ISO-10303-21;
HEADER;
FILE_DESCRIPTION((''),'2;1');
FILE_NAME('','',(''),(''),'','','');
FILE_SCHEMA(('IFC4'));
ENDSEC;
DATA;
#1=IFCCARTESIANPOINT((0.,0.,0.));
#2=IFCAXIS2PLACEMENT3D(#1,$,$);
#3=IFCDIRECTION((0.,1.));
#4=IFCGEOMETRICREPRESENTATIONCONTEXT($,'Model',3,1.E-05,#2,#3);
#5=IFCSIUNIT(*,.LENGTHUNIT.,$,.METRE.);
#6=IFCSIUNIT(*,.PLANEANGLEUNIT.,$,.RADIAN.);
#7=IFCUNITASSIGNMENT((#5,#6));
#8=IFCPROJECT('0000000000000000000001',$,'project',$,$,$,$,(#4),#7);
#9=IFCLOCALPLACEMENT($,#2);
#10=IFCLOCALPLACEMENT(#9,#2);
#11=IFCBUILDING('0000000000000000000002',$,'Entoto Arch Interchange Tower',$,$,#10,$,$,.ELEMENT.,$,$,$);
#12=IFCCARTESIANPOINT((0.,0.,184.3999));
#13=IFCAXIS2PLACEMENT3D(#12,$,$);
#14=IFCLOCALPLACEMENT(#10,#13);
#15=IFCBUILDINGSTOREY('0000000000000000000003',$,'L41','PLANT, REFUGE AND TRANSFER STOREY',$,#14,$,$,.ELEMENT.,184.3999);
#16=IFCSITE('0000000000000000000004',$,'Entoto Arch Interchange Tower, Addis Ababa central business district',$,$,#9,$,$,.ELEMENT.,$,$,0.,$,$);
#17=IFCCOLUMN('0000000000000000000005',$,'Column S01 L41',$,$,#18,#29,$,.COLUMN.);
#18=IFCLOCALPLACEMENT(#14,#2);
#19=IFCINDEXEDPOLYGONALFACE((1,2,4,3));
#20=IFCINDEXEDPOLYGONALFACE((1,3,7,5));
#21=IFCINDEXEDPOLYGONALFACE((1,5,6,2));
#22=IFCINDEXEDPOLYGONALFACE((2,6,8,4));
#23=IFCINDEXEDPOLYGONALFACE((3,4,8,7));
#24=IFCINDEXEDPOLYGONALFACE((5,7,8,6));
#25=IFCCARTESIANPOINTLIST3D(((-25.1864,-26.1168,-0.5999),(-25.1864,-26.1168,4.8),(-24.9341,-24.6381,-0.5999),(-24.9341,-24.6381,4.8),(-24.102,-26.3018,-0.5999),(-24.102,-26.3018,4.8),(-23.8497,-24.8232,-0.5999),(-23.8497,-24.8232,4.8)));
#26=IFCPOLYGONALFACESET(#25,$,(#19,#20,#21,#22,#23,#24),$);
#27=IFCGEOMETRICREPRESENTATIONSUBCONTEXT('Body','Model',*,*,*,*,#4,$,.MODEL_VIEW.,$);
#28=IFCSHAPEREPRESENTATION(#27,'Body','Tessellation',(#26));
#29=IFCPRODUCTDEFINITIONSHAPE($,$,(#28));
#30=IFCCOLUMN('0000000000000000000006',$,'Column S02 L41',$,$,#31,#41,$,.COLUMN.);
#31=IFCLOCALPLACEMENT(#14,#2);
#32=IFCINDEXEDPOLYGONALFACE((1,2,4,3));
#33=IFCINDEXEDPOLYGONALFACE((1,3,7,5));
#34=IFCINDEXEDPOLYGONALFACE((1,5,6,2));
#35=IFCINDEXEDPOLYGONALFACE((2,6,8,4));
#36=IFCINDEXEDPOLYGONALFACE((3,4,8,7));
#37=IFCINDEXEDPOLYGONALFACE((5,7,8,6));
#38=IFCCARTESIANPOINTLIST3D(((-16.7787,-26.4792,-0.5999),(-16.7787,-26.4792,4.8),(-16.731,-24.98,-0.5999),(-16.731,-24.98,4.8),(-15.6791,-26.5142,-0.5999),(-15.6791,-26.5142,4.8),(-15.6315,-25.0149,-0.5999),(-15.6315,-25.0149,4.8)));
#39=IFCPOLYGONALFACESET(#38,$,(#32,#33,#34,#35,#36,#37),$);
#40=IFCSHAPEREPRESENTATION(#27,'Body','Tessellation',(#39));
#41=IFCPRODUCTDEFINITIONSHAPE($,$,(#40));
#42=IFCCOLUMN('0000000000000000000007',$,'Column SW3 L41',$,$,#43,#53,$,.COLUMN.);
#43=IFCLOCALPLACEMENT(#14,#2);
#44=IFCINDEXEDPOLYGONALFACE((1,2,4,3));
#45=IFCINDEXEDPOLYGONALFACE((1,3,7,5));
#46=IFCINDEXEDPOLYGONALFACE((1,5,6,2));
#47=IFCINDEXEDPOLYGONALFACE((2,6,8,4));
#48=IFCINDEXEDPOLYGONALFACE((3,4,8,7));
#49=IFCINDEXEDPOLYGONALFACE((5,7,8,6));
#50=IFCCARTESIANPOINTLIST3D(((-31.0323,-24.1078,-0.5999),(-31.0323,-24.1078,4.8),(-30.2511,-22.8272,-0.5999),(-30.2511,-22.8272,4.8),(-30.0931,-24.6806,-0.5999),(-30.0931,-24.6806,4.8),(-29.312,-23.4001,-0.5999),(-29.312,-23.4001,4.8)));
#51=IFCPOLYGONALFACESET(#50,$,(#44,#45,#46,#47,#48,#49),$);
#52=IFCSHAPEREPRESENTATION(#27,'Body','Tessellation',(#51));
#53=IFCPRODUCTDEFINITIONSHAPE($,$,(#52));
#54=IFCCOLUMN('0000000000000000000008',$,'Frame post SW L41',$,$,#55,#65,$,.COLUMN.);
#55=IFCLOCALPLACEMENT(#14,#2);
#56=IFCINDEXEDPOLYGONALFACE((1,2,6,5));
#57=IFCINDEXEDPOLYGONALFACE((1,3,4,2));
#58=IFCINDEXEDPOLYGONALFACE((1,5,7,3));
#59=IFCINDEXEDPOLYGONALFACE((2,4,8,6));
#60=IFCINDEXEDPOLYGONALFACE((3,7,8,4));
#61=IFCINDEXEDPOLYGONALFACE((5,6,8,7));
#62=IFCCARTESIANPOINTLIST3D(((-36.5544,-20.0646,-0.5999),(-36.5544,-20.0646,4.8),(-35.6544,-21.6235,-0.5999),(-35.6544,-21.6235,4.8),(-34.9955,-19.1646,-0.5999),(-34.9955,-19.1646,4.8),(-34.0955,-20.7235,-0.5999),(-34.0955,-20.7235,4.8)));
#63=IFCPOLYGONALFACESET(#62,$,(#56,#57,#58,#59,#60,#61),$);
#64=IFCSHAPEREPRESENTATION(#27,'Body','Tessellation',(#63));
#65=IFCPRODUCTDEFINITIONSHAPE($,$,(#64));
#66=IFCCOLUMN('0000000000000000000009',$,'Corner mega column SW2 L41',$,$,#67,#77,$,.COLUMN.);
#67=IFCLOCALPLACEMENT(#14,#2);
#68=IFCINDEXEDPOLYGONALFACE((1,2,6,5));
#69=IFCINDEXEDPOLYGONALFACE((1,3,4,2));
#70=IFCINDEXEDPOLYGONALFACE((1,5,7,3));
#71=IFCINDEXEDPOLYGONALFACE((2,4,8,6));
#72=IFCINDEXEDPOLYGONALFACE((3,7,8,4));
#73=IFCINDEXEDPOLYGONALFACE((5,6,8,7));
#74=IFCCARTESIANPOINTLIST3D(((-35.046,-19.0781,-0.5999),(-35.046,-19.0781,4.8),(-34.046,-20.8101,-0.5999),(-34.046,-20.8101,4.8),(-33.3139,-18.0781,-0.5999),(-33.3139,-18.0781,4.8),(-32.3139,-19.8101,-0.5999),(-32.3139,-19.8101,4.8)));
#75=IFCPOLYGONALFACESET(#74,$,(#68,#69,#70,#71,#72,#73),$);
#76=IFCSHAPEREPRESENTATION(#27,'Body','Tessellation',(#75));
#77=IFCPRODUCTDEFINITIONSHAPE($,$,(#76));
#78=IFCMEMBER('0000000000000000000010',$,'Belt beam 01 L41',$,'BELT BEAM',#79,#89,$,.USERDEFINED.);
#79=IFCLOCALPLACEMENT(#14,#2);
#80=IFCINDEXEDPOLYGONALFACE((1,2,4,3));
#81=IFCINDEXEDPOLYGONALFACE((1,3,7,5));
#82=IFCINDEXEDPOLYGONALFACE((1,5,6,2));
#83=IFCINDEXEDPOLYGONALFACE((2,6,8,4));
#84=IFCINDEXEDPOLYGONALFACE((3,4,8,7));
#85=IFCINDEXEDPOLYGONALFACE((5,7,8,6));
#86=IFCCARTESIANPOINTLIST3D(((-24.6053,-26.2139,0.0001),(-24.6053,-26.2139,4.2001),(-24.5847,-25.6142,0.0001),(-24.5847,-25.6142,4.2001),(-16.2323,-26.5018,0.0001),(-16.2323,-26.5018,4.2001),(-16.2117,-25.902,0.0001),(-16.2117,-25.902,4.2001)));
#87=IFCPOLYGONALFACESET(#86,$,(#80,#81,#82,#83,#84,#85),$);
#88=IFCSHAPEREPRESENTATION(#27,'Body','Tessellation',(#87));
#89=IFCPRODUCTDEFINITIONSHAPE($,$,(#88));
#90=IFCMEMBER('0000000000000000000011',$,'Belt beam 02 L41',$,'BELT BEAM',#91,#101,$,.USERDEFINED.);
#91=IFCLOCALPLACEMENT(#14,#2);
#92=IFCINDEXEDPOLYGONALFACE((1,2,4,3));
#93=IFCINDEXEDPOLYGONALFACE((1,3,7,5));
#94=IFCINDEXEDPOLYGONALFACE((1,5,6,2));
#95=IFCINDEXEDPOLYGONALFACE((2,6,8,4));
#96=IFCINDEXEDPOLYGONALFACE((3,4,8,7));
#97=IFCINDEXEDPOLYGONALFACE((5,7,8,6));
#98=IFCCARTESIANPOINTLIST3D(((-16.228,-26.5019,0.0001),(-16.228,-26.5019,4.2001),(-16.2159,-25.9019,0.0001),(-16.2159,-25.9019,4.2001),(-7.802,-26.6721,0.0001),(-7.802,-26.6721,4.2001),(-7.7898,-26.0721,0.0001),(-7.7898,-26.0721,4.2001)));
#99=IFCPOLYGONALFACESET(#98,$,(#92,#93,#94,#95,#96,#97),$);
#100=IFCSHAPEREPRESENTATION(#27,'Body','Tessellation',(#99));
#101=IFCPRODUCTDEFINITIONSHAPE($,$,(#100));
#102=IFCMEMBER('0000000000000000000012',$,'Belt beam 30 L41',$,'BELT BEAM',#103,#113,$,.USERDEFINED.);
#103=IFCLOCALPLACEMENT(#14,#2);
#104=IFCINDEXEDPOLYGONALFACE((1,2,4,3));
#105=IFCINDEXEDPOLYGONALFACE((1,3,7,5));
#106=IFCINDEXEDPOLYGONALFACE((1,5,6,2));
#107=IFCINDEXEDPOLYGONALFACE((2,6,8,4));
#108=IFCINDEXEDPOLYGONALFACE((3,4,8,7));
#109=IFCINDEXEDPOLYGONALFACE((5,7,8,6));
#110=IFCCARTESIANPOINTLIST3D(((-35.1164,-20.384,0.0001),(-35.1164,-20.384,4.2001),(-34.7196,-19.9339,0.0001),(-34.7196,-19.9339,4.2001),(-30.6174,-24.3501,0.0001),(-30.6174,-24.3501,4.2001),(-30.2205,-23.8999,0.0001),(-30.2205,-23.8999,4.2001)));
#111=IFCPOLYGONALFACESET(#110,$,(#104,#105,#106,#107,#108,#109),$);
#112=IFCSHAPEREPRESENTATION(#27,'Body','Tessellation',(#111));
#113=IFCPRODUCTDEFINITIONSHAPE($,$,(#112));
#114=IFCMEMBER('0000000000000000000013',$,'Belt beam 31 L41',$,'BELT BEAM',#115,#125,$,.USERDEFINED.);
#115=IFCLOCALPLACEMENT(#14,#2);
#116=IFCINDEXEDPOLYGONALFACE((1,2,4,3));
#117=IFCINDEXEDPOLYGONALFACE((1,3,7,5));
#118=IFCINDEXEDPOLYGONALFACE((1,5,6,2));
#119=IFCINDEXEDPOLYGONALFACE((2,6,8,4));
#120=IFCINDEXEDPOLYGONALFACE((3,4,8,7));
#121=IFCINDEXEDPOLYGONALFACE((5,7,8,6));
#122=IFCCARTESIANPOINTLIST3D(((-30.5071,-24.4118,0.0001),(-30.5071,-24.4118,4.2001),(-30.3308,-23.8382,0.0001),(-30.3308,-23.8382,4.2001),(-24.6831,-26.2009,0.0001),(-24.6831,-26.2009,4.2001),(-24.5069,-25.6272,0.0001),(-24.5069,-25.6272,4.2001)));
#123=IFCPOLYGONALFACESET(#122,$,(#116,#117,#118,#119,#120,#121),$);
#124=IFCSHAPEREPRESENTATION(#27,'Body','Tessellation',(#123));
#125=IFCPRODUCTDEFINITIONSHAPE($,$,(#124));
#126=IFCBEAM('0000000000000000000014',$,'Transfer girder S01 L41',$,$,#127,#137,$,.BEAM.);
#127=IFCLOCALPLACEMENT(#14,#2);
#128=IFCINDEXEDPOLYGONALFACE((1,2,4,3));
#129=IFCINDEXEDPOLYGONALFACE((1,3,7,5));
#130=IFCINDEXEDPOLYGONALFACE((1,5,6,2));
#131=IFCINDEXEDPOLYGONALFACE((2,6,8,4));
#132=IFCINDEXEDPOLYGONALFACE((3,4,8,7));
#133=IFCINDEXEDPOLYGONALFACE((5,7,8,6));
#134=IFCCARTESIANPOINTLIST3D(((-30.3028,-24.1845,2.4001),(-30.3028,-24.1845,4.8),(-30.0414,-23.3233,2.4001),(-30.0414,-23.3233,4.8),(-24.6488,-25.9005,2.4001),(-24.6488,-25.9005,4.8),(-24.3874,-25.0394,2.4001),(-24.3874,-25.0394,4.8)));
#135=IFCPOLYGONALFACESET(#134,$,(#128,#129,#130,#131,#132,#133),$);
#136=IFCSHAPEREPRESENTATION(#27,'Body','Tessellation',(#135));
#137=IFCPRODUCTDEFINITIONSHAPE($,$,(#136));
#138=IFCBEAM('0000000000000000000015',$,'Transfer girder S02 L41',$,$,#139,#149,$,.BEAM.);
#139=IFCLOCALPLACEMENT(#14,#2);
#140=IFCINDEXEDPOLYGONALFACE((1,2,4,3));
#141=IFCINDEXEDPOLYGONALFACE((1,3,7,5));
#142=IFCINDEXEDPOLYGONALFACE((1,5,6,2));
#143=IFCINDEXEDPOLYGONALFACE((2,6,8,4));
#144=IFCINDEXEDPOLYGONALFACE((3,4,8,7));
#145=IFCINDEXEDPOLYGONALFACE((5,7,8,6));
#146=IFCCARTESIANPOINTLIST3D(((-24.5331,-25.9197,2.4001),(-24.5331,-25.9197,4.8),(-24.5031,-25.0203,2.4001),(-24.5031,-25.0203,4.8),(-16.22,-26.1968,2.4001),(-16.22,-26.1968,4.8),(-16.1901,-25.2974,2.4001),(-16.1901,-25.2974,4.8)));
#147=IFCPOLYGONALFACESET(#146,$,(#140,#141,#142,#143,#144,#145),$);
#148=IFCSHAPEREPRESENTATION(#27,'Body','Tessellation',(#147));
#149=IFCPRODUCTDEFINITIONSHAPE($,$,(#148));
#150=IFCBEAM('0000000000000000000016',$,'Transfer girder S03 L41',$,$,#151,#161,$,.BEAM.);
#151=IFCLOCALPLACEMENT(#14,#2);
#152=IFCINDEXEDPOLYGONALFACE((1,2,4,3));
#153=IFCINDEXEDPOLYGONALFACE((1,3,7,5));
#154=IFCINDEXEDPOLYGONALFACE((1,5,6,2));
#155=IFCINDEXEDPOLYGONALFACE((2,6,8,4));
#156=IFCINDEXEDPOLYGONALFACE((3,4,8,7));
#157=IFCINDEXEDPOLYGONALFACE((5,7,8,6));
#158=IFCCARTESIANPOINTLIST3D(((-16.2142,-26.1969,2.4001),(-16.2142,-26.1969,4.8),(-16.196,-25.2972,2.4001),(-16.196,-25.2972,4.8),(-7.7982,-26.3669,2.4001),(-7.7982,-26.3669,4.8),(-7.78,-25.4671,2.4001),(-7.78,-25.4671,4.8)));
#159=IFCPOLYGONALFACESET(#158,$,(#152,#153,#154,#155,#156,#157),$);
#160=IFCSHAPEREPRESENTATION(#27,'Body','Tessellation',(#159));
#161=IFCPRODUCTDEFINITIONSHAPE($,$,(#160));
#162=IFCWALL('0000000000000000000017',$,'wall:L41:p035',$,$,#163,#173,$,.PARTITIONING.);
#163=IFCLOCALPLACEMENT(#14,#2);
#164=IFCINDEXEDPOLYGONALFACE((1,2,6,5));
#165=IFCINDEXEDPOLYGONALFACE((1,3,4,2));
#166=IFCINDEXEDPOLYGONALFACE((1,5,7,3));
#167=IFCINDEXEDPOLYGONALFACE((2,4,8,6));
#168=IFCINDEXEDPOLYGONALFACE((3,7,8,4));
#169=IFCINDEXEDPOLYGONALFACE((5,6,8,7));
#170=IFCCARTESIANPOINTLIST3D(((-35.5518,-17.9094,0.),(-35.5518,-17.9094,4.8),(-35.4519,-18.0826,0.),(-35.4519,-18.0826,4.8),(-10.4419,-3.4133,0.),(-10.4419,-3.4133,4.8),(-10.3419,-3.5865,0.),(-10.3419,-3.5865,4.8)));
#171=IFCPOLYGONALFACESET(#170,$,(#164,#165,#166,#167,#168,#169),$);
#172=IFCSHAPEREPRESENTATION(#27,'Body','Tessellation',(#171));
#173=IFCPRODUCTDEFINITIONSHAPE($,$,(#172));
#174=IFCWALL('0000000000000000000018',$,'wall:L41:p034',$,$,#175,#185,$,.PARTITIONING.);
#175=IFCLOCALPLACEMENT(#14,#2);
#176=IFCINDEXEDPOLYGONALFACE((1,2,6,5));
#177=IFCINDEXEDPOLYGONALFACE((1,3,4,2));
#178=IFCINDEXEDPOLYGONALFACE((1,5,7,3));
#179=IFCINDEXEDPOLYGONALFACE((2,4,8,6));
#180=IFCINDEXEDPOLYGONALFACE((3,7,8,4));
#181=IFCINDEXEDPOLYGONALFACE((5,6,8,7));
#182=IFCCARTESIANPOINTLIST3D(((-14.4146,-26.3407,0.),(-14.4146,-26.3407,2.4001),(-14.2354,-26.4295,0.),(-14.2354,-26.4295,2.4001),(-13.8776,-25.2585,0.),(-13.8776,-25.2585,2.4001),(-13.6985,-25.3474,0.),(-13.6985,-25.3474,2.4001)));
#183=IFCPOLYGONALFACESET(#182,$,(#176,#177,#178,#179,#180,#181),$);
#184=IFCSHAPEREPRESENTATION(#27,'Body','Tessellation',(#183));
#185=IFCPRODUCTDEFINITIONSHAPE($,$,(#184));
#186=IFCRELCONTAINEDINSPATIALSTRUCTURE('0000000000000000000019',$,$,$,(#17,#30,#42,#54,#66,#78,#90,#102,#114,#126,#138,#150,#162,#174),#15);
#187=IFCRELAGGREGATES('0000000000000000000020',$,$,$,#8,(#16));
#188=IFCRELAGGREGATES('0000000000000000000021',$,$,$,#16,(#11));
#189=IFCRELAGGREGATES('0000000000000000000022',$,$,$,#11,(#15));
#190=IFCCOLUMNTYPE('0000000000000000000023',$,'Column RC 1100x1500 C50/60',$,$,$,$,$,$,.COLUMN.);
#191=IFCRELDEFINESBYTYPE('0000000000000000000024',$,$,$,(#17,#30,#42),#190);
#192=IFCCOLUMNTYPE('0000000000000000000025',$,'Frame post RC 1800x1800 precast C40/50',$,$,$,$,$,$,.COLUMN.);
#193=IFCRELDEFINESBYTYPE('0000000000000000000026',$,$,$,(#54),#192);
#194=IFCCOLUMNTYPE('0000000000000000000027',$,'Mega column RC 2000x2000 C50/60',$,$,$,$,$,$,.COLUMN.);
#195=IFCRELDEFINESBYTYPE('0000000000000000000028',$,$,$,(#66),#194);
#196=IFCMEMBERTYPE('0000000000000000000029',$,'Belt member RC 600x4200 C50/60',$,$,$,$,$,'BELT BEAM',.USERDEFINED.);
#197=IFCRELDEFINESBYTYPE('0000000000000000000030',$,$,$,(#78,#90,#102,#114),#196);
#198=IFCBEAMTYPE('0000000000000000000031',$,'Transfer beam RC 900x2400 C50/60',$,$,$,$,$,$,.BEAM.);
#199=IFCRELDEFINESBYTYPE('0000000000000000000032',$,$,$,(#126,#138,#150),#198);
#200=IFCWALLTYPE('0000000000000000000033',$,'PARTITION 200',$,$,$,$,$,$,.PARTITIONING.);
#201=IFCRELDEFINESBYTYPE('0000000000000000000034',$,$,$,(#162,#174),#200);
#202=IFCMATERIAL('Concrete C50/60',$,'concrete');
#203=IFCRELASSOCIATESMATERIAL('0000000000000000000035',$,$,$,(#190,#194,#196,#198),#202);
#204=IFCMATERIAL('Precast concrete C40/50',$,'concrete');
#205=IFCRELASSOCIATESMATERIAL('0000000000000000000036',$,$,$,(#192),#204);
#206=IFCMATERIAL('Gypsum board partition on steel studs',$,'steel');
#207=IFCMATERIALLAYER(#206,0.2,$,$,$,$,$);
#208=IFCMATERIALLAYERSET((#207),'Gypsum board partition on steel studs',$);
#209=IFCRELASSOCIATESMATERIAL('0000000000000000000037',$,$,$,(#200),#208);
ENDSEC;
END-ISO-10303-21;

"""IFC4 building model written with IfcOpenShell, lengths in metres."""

from ifc_helpers import new_model, si_unit, direction, frame, frame_2d, origin, origin_2d, place, context, subcontext, project, spatial, rectangle, extrude, material, layer, layer_set, material_profile, profile_set, type_object, element, save


model = new_model("IFC4")

# Units and contexts
model_context = context("Model", 3, precision=1e-05, world=origin(), true_north=direction((0.0, 1.0)))
body_context = subcontext(model_context, "Body", "Model", "MODEL_VIEW")
ifc_project = project(units=[si_unit("LENGTHUNIT", "METRE"), si_unit("PLANEANGLEUNIT", "RADIAN")], contexts=[model_context])

# Site, building, storey
site_placement = place(None, origin())
site = spatial("IfcSite", under=ifc_project, at=site_placement, Name="Entoto Arch Interchange Tower, Addis Ababa central business district", CompositionType="ELEMENT", RefElevation=0.0)
building_placement = place(site_placement, origin())
building = spatial("IfcBuilding", under=site, at=building_placement, Name="Entoto Arch Interchange Tower", CompositionType="ELEMENT")
storey_placement = place(building_placement, frame((0.0, 0.0, 184.3999)))
storey = spatial("IfcBuildingStorey", under=building, at=storey_placement, Name="L41", Description="PLANT, REFUGE AND TRANSFER STOREY", CompositionType="ELEMENT", Elevation=184.3999)

# Columns
ifc_material_1 = material(Name="Concrete C50/60", Category="concrete")
ifc_material_profile_1 = material_profile(ifc_material_1, rectangle(XDim=1.1001, YDim=1.5, at=origin_2d()))
ifc_profile_set_1 = profile_set([ifc_material_profile_1], Name="Concrete C50/60")
column_type_1 = type_object("IfcColumnType", Name="Column RC 1100x1500 C50/60", PredefinedType="COLUMN", material=ifc_profile_set_1)
for number, where, z_axis, x_axis, name in (
    (1, (-24.5181, -25.47, -0.5999), (0.0, 0.0, 1.0), (-0.985753, 0.168197, 0.0), "Column S01 L41"),
    (2, (-16.2051, -25.7471, -0.5999), (0.0, 0.0, 1.0), (-0.999496, 0.031742, 0.0), "Column S02 L41"),
    (3, (-30.1721, -23.7539, -0.5999), (0.0, 0.0, 1.0), (-0.853714, 0.520741, 0.0), "Column SW3 L41"),
):
    element("IfcColumn", number, at=place(storey_placement, frame(where, z_axis=z_axis, x_axis=x_axis)), inside=storey, type_object=column_type_1, Name=name, PredefinedType="COLUMN", context=body_context, shape_type="SweptSolid", body=[
        extrude(rectangle(XDim=1.1001, YDim=1.5, at=origin_2d()), origin(), (0.0, 0.0, 1.0), 5.3999),
    ])
ifc_material_2 = material(Name="Precast concrete C40/50", Category="concrete")
ifc_material_profile_2 = material_profile(ifc_material_2, rectangle(XDim=1.8, YDim=1.8, at=origin_2d()))
ifc_profile_set_2 = profile_set([ifc_material_profile_2], Name="Precast concrete C40/50")
column_type_2 = type_object("IfcColumnType", Name="Frame post RC 1800x1800 precast C40/50", PredefinedType="COLUMN", material=ifc_profile_set_2)
column_1_placement = place(storey_placement, frame((-35.325, -20.394, -0.5999), z_axis=(0.0, 0.0, 1.0), x_axis=(0.866025, 0.5, 0.0)))
element("IfcColumn", 4, at=column_1_placement, inside=storey, type_object=column_type_2, Name="Frame post SW L41", PredefinedType="COLUMN", context=body_context, shape_type="SweptSolid", body=[
    extrude(rectangle(XDim=1.8, YDim=1.8, at=origin_2d()), origin(), (0.0, 0.0, 1.0), 5.3999),
])
ifc_material_profile_3 = material_profile(ifc_material_1, rectangle(XDim=2.0, YDim=2.0, at=origin_2d()))
ifc_profile_set_3 = profile_set([ifc_material_profile_3], Name="Concrete C50/60")
column_type_3 = type_object("IfcColumnType", Name="Mega column RC 2000x2000 C50/60", PredefinedType="COLUMN", material=ifc_profile_set_3)
column_2_placement = place(storey_placement, frame((-33.6799, -19.4441, -0.5999), z_axis=(0.0, 0.0, 1.0), x_axis=(0.866025, 0.5, 0.0)))
element("IfcColumn", 5, at=column_2_placement, inside=storey, type_object=column_type_3, Name="Corner mega column SW2 L41", PredefinedType="COLUMN", context=body_context, shape_type="SweptSolid", body=[
    extrude(rectangle(XDim=2.0, YDim=2.0, at=origin_2d()), origin(), (0.0, 0.0, 1.0), 5.3999),
])

# Members
ifc_material_profile_4 = material_profile(ifc_material_1, rectangle(XDim=0.6001, YDim=4.2, at=origin_2d()))
ifc_profile_set_4 = profile_set([ifc_material_profile_4], Name="Concrete C50/60")
member_type = type_object("IfcMemberType", Name="Belt member RC 600x4200 C50/60", ElementType="BELT BEAM", PredefinedType="USERDEFINED", material=ifc_profile_set_4)
member_1_placement = place(storey_placement, frame((-24.595, -25.9141, 2.1001), z_axis=(0.99941, -0.034357, 0.0), x_axis=(0.034357, 0.99941, 0.0)))
element("IfcMember", 6, at=member_1_placement, inside=storey, type_object=member_type, Name="Belt beam 01 L41", ObjectType="BELT BEAM", PredefinedType="USERDEFINED", context=body_context, shape_type="SweptSolid", body=[
    extrude(rectangle(XDim=0.6001, YDim=4.2, at=origin_2d()), origin(), (0.0, 0.0, 1.0), 8.3779),
])
member_2_placement = place(storey_placement, frame((-16.2219, -26.2019, 2.1001), z_axis=(0.999796, -0.020191, 0.0), x_axis=(0.020191, 0.999796, 0.0)))
element("IfcMember", 7, at=member_2_placement, inside=storey, type_object=member_type, Name="Belt beam 02 L41", ObjectType="BELT BEAM", PredefinedType="USERDEFINED", context=body_context, shape_type="SweptSolid", body=[
    extrude(rectangle(XDim=0.6001, YDim=4.2, at=origin_2d()), origin(), (0.0, 0.0, 1.0), 8.4277),
])
member_3_placement = place(storey_placement, frame((-34.918, -20.1589, 2.1001), z_axis=(0.750141, -0.661278, 0.0), x_axis=(0.661278, 0.750141, 0.0)))
element("IfcMember", 8, at=member_3_placement, inside=storey, type_object=member_type, Name="Belt beam 30 L41", ObjectType="BELT BEAM", PredefinedType="USERDEFINED", context=body_context, shape_type="SweptSolid", body=[
    extrude(rectangle(XDim=0.6001, YDim=4.2, at=origin_2d()), origin(), (0.0, 0.0, 1.0), 5.9976),
])
member_4_placement = place(storey_placement, frame((-30.4189, -24.125, 2.1001), z_axis=(0.955914, -0.293647, 0.0), x_axis=(0.293647, 0.955914, 0.0)))
element("IfcMember", 9, at=member_4_placement, inside=storey, type_object=member_type, Name="Belt beam 31 L41", ObjectType="BELT BEAM", PredefinedType="USERDEFINED", context=body_context, shape_type="SweptSolid", body=[
    extrude(rectangle(XDim=0.6001, YDim=4.2, at=origin_2d()), origin(), (0.0, 0.0, 1.0), 6.0925),
])

# Beams
ifc_material_profile_5 = material_profile(ifc_material_1, rectangle(XDim=0.8999, YDim=2.3999, at=origin_2d()))
ifc_profile_set_5 = profile_set([ifc_material_profile_5], Name="Concrete C50/60")
beam_type = type_object("IfcBeamType", Name="Transfer beam RC 900x2400 C50/60", PredefinedType="BEAM", material=ifc_profile_set_5)
beam_1_placement = place(storey_placement, frame((-30.1721, -23.7539, 3.6001), z_axis=(0.956897, -0.290428, 0.0), x_axis=(0.290428, 0.956897, 0.0)))
element("IfcBeam", 10, at=beam_1_placement, inside=storey, type_object=beam_type, Name="Transfer girder S01 L41", PredefinedType="BEAM", context=body_context, shape_type="SweptSolid", body=[
    extrude(rectangle(XDim=0.8999, YDim=2.3999, at=origin_2d()), origin(), (0.0, 0.0, 1.0), 5.9087),
])
beam_2_placement = place(storey_placement, frame((-24.5181, -25.47, 3.6001), z_axis=(0.999445, -0.033315, 0.0), x_axis=(0.033315, 0.999445, 0.0)))
element("IfcBeam", 11, at=beam_2_placement, inside=storey, type_object=beam_type, Name="Transfer girder S02 L41", PredefinedType="BEAM", context=body_context, shape_type="SweptSolid", body=[
    extrude(rectangle(XDim=0.8999, YDim=2.3999, at=origin_2d()), origin(), (0.0, 0.0, 1.0), 8.3176),
])
beam_3_placement = place(storey_placement, frame((-16.2051, -25.7471, 3.6001), z_axis=(0.999796, -0.020186, 0.0), x_axis=(0.020186, 0.999796, 0.0)))
element("IfcBeam", 12, at=beam_3_placement, inside=storey, type_object=beam_type, Name="Transfer girder S03 L41", PredefinedType="BEAM", context=body_context, shape_type="SweptSolid", body=[
    extrude(rectangle(XDim=0.8999, YDim=2.3999, at=origin_2d()), origin(), (0.0, 0.0, 1.0), 8.4177),
])

# Walls
ifc_material_3 = material(Name="Gypsum board partition on steel studs", Category="steel")
ifc_layer_1 = layer(ifc_material_3, 0.2)
ifc_layer_set_1 = layer_set([ifc_layer_1], Name="Gypsum board partition on steel studs")
wall_type_1 = type_object("IfcWallType", Name="PARTITION 200", PredefinedType="PARTITIONING", material=ifc_layer_set_1)
wall_1_placement = place(storey_placement, frame((-35.502, -17.9961, 0.0), z_axis=(0.0, 0.0, 1.0), x_axis=(0.866042, 0.499972, 0.0)))
element("IfcWall", 13, at=wall_1_placement, inside=storey, type_object=wall_type_1, Name="wall:L41:p035", PredefinedType="PARTITIONING", context=body_context, shape_type="SweptSolid", body=[
    extrude(rectangle(XDim=28.9939, YDim=0.2, at=frame_2d((14.4971, 0.0))), origin(), (0.0, 0.0, 1.0), 4.8),
])
wall_2_placement = place(storey_placement, frame((-13.7881, -25.303, 0.0), z_axis=(0.0, 0.0, 1.0), x_axis=(-0.444463, -0.895797, 0.0)))
element("IfcWall", 14, at=wall_2_placement, inside=storey, type_object=wall_type_1, Name="wall:L41:p034", PredefinedType="PARTITIONING", context=body_context, shape_type="SweptSolid", body=[
    extrude(rectangle(XDim=1.208, YDim=0.2, at=frame_2d((0.604, 0.0))), origin(), (0.0, 0.0, 1.0), 2.4001),
])

save(model, "model.ifc")
